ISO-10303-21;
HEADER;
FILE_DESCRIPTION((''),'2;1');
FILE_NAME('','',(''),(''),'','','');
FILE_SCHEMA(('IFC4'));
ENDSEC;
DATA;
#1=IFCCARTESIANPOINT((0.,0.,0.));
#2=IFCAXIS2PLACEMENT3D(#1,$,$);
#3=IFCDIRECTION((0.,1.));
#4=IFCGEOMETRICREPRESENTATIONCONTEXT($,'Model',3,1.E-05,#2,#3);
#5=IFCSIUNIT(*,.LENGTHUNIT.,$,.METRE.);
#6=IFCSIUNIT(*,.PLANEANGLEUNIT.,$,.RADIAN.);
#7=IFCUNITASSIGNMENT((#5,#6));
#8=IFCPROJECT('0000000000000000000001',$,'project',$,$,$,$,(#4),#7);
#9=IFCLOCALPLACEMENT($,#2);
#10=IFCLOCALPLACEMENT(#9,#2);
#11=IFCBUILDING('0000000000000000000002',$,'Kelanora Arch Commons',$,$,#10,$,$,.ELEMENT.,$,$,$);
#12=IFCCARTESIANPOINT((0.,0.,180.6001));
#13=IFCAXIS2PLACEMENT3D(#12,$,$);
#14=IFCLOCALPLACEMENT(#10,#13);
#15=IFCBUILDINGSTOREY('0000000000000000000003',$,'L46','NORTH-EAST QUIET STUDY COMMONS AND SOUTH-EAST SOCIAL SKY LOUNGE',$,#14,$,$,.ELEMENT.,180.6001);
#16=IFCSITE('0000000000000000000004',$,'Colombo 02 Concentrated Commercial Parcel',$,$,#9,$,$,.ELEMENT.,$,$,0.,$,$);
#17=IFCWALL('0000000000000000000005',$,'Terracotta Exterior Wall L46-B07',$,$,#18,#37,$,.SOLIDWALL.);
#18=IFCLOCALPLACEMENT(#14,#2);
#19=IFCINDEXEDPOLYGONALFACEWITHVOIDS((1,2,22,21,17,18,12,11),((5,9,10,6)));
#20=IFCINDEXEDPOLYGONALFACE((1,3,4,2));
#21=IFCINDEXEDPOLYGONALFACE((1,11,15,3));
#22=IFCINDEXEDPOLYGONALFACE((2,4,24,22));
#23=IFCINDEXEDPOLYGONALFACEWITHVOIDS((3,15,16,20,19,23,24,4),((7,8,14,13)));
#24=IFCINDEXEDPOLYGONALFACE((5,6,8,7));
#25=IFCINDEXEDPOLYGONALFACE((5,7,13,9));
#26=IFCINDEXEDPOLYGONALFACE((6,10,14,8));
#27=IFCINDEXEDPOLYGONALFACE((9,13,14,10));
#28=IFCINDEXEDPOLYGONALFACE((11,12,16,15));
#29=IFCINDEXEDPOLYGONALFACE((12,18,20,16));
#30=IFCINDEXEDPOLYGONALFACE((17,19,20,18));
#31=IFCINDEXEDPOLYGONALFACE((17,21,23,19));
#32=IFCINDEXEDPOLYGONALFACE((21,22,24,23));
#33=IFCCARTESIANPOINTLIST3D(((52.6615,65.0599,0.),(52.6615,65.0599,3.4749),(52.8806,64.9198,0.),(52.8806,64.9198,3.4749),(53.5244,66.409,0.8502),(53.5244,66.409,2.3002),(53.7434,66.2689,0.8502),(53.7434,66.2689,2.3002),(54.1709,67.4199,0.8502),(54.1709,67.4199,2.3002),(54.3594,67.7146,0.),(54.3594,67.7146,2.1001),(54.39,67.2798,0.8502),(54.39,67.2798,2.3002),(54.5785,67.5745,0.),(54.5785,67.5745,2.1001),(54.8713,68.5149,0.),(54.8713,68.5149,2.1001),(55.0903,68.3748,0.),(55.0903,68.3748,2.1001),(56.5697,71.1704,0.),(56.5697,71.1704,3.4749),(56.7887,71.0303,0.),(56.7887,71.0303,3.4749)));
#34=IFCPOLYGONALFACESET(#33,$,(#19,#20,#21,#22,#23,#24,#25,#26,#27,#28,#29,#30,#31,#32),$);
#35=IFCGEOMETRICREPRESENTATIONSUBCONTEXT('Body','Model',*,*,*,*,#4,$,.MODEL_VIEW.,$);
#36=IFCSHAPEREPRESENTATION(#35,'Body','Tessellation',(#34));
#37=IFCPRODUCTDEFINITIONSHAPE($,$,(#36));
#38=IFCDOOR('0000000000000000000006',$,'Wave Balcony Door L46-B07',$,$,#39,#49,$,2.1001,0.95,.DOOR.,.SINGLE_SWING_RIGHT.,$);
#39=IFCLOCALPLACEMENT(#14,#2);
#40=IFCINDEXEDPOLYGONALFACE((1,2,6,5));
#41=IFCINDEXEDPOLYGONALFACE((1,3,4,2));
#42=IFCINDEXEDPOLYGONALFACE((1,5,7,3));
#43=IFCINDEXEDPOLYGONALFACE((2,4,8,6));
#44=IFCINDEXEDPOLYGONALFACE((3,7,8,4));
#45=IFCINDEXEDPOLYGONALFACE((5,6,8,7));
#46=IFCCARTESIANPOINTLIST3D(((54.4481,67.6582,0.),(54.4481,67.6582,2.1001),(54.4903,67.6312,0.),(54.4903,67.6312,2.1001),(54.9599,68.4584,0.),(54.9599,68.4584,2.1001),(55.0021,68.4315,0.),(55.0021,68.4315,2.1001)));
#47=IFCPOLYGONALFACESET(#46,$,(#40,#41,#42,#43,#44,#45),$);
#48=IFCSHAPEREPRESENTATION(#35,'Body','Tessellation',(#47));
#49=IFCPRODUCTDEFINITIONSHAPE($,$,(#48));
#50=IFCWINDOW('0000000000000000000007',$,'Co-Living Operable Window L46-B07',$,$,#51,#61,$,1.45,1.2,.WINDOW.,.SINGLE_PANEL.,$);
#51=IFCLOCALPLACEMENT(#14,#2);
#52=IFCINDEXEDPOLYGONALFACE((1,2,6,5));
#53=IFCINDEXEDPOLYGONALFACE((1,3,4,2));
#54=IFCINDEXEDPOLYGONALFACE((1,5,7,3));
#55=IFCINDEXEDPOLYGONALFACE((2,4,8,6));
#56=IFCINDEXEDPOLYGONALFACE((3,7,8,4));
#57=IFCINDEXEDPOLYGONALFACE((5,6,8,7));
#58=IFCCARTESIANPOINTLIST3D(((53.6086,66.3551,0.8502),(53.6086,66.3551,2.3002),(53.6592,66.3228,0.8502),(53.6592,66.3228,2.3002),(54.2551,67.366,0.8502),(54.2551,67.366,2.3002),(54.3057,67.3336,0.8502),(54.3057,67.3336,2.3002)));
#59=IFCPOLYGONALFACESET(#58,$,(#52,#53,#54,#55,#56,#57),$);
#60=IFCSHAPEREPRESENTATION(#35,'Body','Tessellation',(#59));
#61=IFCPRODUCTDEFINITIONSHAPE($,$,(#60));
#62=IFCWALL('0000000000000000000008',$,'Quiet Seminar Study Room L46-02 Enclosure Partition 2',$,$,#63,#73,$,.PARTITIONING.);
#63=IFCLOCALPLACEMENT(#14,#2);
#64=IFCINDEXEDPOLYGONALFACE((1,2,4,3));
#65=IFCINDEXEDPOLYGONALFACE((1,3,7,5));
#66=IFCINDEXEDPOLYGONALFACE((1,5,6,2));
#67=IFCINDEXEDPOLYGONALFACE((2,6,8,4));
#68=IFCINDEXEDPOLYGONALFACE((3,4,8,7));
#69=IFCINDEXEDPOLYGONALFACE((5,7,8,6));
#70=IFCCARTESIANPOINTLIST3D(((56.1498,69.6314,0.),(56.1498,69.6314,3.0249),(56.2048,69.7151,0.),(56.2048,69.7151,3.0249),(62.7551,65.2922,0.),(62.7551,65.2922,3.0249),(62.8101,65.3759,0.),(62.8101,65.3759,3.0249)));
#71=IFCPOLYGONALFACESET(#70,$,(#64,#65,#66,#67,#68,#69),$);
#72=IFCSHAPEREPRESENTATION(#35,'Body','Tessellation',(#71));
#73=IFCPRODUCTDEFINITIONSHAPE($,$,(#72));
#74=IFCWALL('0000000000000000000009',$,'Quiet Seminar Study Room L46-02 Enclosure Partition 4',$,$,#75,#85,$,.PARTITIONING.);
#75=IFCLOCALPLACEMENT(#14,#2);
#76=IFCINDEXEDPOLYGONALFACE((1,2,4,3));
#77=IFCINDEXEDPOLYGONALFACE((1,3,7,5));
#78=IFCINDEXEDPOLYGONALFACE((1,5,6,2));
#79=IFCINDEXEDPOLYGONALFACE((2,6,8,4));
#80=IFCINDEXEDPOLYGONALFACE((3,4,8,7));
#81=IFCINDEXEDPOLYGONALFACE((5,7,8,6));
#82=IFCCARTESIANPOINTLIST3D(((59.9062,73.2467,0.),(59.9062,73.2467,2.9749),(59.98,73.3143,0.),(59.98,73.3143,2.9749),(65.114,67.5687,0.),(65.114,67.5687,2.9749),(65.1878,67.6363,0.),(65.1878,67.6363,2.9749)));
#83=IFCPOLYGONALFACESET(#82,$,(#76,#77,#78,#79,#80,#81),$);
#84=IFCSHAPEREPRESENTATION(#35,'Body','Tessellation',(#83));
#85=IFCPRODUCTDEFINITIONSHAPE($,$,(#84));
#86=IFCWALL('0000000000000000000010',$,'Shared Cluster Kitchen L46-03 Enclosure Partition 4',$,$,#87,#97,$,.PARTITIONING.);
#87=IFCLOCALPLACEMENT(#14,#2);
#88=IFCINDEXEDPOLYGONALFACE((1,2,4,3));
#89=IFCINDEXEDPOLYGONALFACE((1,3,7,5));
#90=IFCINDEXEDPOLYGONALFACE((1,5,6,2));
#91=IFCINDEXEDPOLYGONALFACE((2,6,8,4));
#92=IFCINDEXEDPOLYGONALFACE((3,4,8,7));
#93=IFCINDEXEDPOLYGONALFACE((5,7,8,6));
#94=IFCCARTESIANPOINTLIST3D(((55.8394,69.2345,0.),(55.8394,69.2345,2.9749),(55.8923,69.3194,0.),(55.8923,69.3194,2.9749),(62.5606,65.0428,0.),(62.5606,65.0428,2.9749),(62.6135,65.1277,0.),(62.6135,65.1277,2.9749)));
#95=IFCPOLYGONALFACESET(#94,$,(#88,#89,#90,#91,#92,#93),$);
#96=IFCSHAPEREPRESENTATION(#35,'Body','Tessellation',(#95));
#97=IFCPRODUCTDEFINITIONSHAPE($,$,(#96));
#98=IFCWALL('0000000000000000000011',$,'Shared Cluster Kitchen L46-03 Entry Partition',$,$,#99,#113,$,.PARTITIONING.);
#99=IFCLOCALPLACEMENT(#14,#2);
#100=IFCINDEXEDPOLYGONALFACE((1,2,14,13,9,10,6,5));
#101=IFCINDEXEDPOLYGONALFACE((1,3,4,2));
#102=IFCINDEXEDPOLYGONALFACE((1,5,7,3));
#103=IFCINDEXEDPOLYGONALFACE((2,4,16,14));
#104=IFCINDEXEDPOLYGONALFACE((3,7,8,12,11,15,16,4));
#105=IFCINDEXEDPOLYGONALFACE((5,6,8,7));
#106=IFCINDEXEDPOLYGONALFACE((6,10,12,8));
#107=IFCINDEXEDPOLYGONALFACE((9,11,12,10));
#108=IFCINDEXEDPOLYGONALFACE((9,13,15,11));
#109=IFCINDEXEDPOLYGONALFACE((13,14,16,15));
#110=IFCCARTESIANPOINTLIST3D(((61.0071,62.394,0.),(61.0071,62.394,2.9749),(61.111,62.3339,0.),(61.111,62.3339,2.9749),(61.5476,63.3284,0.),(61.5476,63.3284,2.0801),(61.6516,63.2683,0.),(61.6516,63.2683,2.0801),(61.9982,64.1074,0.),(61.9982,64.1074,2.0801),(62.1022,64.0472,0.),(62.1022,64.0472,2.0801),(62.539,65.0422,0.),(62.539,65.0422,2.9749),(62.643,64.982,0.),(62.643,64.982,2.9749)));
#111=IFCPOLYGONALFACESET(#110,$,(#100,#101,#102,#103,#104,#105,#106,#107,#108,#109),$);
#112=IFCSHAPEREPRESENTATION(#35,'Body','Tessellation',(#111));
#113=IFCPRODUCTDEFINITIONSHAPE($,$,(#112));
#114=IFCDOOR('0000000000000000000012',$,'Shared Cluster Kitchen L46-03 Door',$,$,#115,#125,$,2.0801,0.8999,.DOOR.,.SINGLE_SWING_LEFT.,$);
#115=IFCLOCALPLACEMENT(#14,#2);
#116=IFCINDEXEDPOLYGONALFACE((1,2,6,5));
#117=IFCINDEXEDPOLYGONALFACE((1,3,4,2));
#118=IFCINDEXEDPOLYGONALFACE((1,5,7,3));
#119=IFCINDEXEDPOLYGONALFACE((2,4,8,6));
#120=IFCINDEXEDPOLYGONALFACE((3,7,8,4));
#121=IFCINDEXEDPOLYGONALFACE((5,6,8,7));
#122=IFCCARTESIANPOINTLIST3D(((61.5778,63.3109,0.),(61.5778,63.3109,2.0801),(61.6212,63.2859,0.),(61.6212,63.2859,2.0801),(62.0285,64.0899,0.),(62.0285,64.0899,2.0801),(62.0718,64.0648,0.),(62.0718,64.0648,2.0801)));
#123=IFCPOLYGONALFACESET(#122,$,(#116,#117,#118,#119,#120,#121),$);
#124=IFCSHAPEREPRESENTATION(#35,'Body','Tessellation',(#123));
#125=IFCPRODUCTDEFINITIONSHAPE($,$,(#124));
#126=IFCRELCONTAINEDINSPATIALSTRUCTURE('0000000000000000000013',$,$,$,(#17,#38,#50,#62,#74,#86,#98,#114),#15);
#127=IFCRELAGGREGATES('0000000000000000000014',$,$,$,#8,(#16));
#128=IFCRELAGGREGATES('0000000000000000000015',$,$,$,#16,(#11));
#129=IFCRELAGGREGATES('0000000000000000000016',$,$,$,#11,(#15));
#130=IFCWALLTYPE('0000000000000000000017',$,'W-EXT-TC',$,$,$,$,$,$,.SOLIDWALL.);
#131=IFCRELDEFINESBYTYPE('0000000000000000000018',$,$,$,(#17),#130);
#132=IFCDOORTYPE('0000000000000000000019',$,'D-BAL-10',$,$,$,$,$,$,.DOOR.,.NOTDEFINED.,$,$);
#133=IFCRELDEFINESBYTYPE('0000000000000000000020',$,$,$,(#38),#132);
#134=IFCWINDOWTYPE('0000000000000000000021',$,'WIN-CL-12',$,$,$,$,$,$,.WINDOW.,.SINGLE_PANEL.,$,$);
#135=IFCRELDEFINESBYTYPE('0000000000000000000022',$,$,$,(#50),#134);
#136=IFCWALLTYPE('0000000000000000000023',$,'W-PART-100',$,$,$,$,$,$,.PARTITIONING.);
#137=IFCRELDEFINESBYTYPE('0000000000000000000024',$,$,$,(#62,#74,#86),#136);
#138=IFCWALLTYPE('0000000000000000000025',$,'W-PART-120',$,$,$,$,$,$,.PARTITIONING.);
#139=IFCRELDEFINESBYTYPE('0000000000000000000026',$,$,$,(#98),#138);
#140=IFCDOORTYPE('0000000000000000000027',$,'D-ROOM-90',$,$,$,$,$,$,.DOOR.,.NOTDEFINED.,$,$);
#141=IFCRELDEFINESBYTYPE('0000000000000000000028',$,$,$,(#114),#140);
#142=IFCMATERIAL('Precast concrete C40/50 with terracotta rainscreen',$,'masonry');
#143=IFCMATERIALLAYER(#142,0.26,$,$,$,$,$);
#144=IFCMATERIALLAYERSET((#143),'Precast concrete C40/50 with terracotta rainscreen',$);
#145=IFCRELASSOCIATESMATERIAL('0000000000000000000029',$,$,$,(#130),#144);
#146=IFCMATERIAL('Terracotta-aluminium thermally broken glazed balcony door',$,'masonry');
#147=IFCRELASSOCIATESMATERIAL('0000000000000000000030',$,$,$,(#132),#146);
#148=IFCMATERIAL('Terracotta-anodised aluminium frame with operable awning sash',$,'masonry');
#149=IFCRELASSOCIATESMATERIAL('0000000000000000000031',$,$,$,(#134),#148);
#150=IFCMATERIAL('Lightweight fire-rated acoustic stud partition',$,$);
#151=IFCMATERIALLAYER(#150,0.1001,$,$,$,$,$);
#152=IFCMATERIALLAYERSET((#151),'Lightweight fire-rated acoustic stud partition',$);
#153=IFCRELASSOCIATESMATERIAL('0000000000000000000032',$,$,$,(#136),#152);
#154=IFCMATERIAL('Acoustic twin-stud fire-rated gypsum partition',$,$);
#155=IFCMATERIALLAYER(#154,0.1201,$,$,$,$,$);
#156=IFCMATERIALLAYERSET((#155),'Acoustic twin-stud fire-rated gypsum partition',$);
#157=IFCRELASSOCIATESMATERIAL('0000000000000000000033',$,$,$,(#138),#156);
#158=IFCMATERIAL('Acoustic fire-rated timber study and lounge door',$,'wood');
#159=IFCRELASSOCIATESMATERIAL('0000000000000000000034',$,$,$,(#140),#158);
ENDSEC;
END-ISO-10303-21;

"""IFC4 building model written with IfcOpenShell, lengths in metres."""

from ifc_helpers import new_model, si_unit, direction, frame, frame_2d, origin, place, context, subcontext, project, spatial, rectangle, extrude, material, layer, layer_set, type_object, element, fill, save


model = new_model("IFC4")

# Units and contexts
model_context = context("Model", 3, precision=1e-05, world=origin(), true_north=direction((0.0, 1.0)))
body_context = subcontext(model_context, "Body", "Model", "MODEL_VIEW")
ifc_project = project(units=[si_unit("LENGTHUNIT", "METRE"), si_unit("PLANEANGLEUNIT", "RADIAN")], contexts=[model_context])

# Site, building, storey
site_placement = place(None, origin())
site = spatial("IfcSite", under=ifc_project, at=site_placement, Name="Colombo 02 Concentrated Commercial Parcel", CompositionType="ELEMENT", RefElevation=0.0)
building_placement = place(site_placement, origin())
building = spatial("IfcBuilding", under=site, at=building_placement, Name="Kelanora Arch Commons", CompositionType="ELEMENT")
storey_placement = place(building_placement, frame((0.0, 0.0, 180.6001)))
storey = spatial("IfcBuildingStorey", under=building, at=storey_placement, Name="L46", Description="NORTH-EAST QUIET STUDY COMMONS AND SOUTH-EAST SOCIAL SKY LOUNGE", CompositionType="ELEMENT", Elevation=180.6001)

# Shared definitions
ifc_material_1 = material(Name="Precast concrete C40/50 with terracotta rainscreen", Category="masonry")
ifc_layer_1 = layer(ifc_material_1, 0.26)
ifc_layer_set_1 = layer_set([ifc_layer_1], Name="Precast concrete C40/50 with terracotta rainscreen")
wall_type_1 = type_object("IfcWallType", Name="W-EXT-TC", PredefinedType="SOLIDWALL", material=ifc_layer_set_1)

# Wall, openings, door, window
wall_1_placement = place(storey_placement, frame((56.6792, 71.1003, 0.0), z_axis=(0.0, 0.0, 1.0), x_axis=(-0.538802, -0.842433, 0.0)))
wall_1 = element("IfcWall", 1, at=wall_1_placement, inside=storey, type_object=wall_type_1, Name="Terracotta Exterior Wall L46-B07", PredefinedType="SOLIDWALL", context=body_context, shape_type="SweptSolid", body=[
    extrude(rectangle(XDim=7.2534, YDim=0.26, at=frame_2d((3.6267, 0.0))), origin(), (0.0, 0.0, 1.0), 3.4749),
])
opening_1_placement = place(wall_1_placement, frame((3.1521, 0.0, 0.0)))
opening_1 = element("IfcOpeningElement", 2, at=opening_1_placement, cuts=wall_1, PredefinedType="OPENING", context=body_context, shape_type="SweptSolid", body=[
    extrude(rectangle(XDim=0.95, YDim=2.1001, at=frame_2d((0.4751, 1.05))), frame((0.0, 0.1401, 0.0), z_axis=(0.0, -1.0, 0.0), x_axis=(1.0, 0.0, 0.0)), (0.0, 0.0, 1.0), 0.28),
])
opening_2_placement = place(wall_1_placement, frame((4.4519, 0.0, 0.8501)))
opening_2 = element("IfcOpeningElement", 3, at=opening_2_placement, cuts=wall_1, PredefinedType="OPENING", context=body_context, shape_type="SweptSolid", body=[
    extrude(rectangle(XDim=1.2, YDim=1.45, at=frame_2d((0.6001, 0.7251))), frame((0.0, 0.1401, 0.0), z_axis=(0.0, -1.0, 0.0), x_axis=(1.0, 0.0, 0.0)), (0.0, 0.0, 1.0), 0.28),
])
ifc_material_2 = material(Name="Terracotta-aluminium thermally broken glazed balcony door", Category="masonry")
door_type_1 = type_object("IfcDoorType", Name="D-BAL-10", OperationType="NOTDEFINED", PredefinedType="DOOR", material=ifc_material_2)
door_1_placement = place(opening_1_placement, frame((0.95, 0.0, 0.0), z_axis=(0.0, 0.0, 1.0), x_axis=(-1.0, 0.0, 0.0)))
door_1 = element("IfcDoor", 4, at=door_1_placement, inside=storey, type_object=door_type_1, Name="Wave Balcony Door L46-B07", OperationType="SINGLE_SWING_RIGHT", OverallHeight=2.1001, OverallWidth=0.95, PredefinedType="DOOR", context=body_context, shape_type="SweptSolid", body=[
    extrude(rectangle(XDim=0.95, YDim=2.1001, at=frame_2d((0.4751, 1.05))), frame((0.0, 0.0249, 0.0), z_axis=(0.0, -1.0, 0.0), x_axis=(1.0, 0.0, 0.0)), (0.0, 0.0, 1.0), 0.05),
])
fill(opening_1, door_1)
ifc_material_3 = material(Name="Terracotta-anodised aluminium frame with operable awning sash", Category="masonry")
window_type_1 = type_object("IfcWindowType", Name="WIN-CL-12", PartitioningType="SINGLE_PANEL", PredefinedType="WINDOW", material=ifc_material_3)
window_1_placement = place(opening_2_placement, origin())
window_1 = element("IfcWindow", 5, at=window_1_placement, inside=storey, type_object=window_type_1, Name="Co-Living Operable Window L46-B07", OverallHeight=1.45, OverallWidth=1.2, PartitioningType="SINGLE_PANEL", PredefinedType="WINDOW", context=body_context, shape_type="SweptSolid", body=[
    extrude(rectangle(XDim=1.2, YDim=1.45, at=frame_2d((0.6001, 0.7251))), frame((0.0, 0.03, 0.0), z_axis=(0.0, -1.0, 0.0), x_axis=(1.0, 0.0, 0.0)), (0.0, 0.0, 1.0), 0.0601),
])
fill(opening_2, window_1)

# Walls
ifc_material_4 = material(Name="Lightweight fire-rated acoustic stud partition")
ifc_layer_2 = layer(ifc_material_4, 0.1001)
ifc_layer_set_2 = layer_set([ifc_layer_2], Name="Lightweight fire-rated acoustic stud partition")
wall_type_2 = type_object("IfcWallType", Name="W-PART-100", PredefinedType="PARTITIONING", material=ifc_layer_set_2)
wall_2_placement = place(storey_placement, frame((62.7827, 65.334, 0.0), z_axis=(0.0, 0.0, 1.0), x_axis=(-0.835791, 0.549048, 0.0)))
element("IfcWall", 6, at=wall_2_placement, inside=storey, type_object=wall_type_2, Name="Quiet Seminar Study Room L46-02 Enclosure Partition 2", PredefinedType="PARTITIONING", context=body_context, shape_type="SweptSolid", body=[
    extrude(rectangle(XDim=7.9031, YDim=0.1001, at=frame_2d((3.9517, 0.0))), origin(), (0.0, 0.0, 1.0), 3.0249),
])
wall_3_placement = place(storey_placement, frame((59.9431, 73.2805, 0.0), z_axis=(0.0, 0.0, 1.0), x_axis=(0.675933, -0.736963, 0.0)))
element("IfcWall", 7, at=wall_3_placement, inside=storey, type_object=wall_type_2, Name="Quiet Seminar Study Room L46-02 Enclosure Partition 4", PredefinedType="PARTITIONING", context=body_context, shape_type="SweptSolid", body=[
    extrude(rectangle(XDim=7.7046, YDim=0.1001, at=frame_2d((3.8523, 0.0))), origin(), (0.0, 0.0, 1.0), 2.9749),
])
wall_4_placement = place(storey_placement, frame((55.866, 69.2769, 0.0), z_axis=(0.0, 0.0, 1.0), x_axis=(0.848514, -0.529173, 0.0)))
element("IfcWall", 8, at=wall_4_placement, inside=storey, type_object=wall_type_2, Name="Shared Cluster Kitchen L46-03 Enclosure Partition 4", PredefinedType="PARTITIONING", context=body_context, shape_type="SweptSolid", body=[
    extrude(rectangle(XDim=7.9211, YDim=0.1001, at=frame_2d((3.9604, 0.0))), origin(), (0.0, 0.0, 1.0), 2.9749),
])

# Wall, opening, door
ifc_material_5 = material(Name="Acoustic twin-stud fire-rated gypsum partition")
ifc_layer_3 = layer(ifc_material_5, 0.1201)
ifc_layer_set_3 = layer_set([ifc_layer_3], Name="Acoustic twin-stud fire-rated gypsum partition")
wall_type_3 = type_object("IfcWallType", Name="W-PART-120", PredefinedType="PARTITIONING", material=ifc_layer_set_3)
wall_5_placement = place(storey_placement, frame((62.5911, 65.0122, 0.0), z_axis=(0.0, 0.0, 1.0), x_axis=(-0.500747, -0.865594, 0.0)))
wall_5 = element("IfcWall", 9, at=wall_5_placement, inside=storey, type_object=wall_type_3, Name="Shared Cluster Kitchen L46-03 Entry Partition", PredefinedType="PARTITIONING", context=body_context, shape_type="SweptSolid", body=[
    extrude(rectangle(XDim=3.0593, YDim=0.1201, at=frame_2d((1.5298, 0.0))), origin(), (0.0, 0.0, 1.0), 2.9749),
])
opening_3_placement = place(wall_5_placement, frame((1.0801, 0.0, 0.0)))
opening_3 = element("IfcOpeningElement", 10, at=opening_3_placement, cuts=wall_5, PredefinedType="OPENING", context=body_context, shape_type="SweptSolid", body=[
    extrude(rectangle(XDim=0.8999, YDim=2.0801, at=frame_2d((0.45, 1.04))), frame((0.0, 0.0701, 0.0), z_axis=(0.0, -1.0, 0.0), x_axis=(1.0, 0.0, 0.0)), (0.0, 0.0, 1.0), 0.1401),
])
ifc_material_6 = material(Name="Acoustic fire-rated timber study and lounge door", Category="wood")
door_type_2 = type_object("IfcDoorType", Name="D-ROOM-90", OperationType="NOTDEFINED", PredefinedType="DOOR", material=ifc_material_6)
door_2_placement = place(opening_3_placement, origin())
door_2 = element("IfcDoor", 11, at=door_2_placement, inside=storey, type_object=door_type_2, Name="Shared Cluster Kitchen L46-03 Door", OperationType="SINGLE_SWING_LEFT", OverallHeight=2.0801, OverallWidth=0.8999, PredefinedType="DOOR", context=body_context, shape_type="SweptSolid", body=[
    extrude(rectangle(XDim=0.8999, YDim=2.0801, at=frame_2d((0.45, 1.04))), frame((0.0, 0.0249, 0.0), z_axis=(0.0, -1.0, 0.0), x_axis=(1.0, 0.0, 0.0)), (0.0, 0.0, 1.0), 0.05),
])
fill(opening_3, door_2)

save(model, "model.ifc")
